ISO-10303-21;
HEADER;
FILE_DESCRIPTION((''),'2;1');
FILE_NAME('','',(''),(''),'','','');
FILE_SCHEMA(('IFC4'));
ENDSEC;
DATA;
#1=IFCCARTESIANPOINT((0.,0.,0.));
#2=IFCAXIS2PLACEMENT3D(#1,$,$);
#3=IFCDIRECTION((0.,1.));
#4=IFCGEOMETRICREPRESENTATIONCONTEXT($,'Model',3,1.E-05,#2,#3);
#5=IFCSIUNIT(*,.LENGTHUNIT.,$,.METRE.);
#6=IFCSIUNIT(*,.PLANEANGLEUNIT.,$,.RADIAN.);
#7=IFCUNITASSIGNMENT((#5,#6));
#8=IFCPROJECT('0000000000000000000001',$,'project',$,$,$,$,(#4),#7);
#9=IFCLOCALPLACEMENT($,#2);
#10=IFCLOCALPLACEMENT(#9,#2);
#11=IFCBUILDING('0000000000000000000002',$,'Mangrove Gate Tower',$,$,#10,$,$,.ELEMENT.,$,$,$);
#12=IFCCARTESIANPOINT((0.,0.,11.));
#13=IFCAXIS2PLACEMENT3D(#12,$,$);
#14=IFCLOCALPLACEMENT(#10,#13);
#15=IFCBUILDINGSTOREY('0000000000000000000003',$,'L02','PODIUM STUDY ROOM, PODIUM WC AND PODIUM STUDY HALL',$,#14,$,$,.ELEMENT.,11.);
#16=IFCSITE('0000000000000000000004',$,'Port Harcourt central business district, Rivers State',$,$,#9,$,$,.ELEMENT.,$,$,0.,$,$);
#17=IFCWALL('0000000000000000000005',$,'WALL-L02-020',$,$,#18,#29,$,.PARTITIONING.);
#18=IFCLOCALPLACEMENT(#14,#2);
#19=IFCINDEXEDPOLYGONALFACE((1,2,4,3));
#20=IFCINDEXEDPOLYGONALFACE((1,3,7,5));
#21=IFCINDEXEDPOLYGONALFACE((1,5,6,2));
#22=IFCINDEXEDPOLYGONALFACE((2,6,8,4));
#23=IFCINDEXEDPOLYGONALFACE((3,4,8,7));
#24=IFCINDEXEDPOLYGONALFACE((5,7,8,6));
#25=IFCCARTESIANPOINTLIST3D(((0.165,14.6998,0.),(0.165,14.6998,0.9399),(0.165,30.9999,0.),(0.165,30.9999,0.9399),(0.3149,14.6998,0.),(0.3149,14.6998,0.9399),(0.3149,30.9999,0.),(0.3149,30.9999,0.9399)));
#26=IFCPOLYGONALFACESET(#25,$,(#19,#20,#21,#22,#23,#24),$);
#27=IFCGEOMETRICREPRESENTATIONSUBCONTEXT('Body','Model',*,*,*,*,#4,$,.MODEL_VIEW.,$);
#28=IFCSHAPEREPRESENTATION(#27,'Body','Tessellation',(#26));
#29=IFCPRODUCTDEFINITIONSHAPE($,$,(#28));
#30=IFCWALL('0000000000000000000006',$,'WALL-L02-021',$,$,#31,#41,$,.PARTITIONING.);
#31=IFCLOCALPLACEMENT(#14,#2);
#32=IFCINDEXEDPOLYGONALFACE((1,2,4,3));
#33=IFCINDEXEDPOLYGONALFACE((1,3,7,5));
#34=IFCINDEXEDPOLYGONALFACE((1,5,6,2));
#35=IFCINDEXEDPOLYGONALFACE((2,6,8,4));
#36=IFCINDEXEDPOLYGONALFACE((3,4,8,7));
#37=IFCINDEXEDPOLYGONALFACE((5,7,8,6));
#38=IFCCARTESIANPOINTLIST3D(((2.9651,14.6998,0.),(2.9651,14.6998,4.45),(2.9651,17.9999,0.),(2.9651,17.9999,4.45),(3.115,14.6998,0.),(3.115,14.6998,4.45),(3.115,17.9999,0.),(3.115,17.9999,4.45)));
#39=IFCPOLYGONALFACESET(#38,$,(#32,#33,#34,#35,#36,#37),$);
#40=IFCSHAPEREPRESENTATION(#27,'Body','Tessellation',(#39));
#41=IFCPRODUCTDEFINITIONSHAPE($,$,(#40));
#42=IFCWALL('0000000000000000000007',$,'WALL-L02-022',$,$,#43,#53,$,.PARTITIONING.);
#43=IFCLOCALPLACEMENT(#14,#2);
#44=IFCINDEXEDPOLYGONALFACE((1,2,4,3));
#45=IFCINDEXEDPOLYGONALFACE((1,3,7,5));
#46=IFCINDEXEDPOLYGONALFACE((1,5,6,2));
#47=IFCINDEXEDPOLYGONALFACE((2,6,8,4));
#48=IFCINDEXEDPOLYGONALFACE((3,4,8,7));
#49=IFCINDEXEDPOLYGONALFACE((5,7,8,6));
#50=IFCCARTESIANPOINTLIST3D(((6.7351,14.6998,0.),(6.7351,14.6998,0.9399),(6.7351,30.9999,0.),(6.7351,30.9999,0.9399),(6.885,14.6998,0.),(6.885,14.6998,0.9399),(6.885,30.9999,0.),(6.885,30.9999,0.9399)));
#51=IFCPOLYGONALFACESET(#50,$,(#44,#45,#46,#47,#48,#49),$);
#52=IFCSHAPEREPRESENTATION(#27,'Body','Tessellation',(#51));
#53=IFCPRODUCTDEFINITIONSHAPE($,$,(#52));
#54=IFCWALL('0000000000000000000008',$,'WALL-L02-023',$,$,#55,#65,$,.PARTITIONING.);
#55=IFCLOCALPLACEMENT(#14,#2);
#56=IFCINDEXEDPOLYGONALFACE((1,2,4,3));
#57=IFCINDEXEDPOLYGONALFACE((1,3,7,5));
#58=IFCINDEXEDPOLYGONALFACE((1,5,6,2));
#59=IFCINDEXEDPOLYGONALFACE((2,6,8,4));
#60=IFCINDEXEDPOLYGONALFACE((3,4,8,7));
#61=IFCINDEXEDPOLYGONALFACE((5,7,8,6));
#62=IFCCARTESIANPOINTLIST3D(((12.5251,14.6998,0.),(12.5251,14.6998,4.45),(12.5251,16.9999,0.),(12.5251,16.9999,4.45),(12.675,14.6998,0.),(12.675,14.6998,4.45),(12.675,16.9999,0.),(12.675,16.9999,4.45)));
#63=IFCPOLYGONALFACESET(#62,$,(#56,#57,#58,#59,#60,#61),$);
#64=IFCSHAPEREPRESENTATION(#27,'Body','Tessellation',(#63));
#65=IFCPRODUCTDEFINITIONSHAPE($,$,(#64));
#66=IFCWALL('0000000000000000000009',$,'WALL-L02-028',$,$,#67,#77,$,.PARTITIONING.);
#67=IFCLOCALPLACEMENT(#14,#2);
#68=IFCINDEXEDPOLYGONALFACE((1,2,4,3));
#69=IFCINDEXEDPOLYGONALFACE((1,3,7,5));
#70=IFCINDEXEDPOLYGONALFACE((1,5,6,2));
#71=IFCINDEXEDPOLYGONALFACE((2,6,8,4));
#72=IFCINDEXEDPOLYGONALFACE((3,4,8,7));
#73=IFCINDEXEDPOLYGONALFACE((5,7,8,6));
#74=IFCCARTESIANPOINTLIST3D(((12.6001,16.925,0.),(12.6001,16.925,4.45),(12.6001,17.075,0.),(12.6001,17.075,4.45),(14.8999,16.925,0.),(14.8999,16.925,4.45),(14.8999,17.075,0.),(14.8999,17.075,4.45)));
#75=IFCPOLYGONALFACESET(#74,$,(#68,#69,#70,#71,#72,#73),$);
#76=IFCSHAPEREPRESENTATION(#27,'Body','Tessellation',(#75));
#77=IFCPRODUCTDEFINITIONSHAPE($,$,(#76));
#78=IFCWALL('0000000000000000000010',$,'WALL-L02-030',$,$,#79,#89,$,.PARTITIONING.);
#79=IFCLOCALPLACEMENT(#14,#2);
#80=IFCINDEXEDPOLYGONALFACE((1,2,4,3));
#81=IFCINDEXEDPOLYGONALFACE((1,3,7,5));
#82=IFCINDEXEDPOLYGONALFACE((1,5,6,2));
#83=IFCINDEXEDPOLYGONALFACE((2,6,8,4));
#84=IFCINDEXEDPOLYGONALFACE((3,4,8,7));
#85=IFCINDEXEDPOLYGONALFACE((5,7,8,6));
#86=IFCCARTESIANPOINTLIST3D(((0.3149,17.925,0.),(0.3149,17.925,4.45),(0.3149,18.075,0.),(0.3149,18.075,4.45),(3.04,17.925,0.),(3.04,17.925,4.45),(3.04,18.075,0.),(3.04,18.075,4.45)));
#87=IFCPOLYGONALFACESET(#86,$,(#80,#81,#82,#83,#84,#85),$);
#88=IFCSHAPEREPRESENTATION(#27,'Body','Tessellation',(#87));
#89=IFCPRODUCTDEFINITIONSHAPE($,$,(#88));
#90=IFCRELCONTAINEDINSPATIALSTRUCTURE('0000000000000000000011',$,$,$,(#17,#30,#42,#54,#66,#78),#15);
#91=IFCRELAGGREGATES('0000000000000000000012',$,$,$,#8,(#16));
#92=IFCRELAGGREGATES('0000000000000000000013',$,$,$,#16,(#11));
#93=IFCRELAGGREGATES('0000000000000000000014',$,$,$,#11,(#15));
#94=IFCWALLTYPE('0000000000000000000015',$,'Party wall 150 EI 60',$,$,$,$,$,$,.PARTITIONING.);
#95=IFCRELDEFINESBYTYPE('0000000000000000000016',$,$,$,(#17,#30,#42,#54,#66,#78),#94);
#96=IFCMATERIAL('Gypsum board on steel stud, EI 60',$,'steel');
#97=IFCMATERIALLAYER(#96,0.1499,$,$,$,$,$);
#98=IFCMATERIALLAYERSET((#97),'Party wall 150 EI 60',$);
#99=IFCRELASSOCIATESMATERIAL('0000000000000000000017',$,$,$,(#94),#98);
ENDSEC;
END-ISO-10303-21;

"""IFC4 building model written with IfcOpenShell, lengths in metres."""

from ifc_helpers import new_model, si_unit, direction, frame, frame_2d, origin, place, context, subcontext, project, spatial, rectangle, extrude, material, layer, layer_set, type_object, element, save


model = new_model("IFC4")

# Units and contexts
model_context = context("Model", 3, precision=1e-05, world=origin(), true_north=direction((0.0, 1.0)))
body_context = subcontext(model_context, "Body", "Model", "MODEL_VIEW")
ifc_project = project(units=[si_unit("LENGTHUNIT", "METRE"), si_unit("PLANEANGLEUNIT", "RADIAN")], contexts=[model_context])

# Site, building, storey
site_placement = place(None, origin())
site = spatial("IfcSite", under=ifc_project, at=site_placement, Name="Port Harcourt central business district, Rivers State", CompositionType="ELEMENT", RefElevation=0.0)
building_placement = place(site_placement, origin())
building = spatial("IfcBuilding", under=site, at=building_placement, Name="Mangrove Gate Tower", CompositionType="ELEMENT")
storey_placement = place(building_placement, frame((0.0, 0.0, 11.0)))
storey = spatial("IfcBuildingStorey", under=building, at=storey_placement, Name="L02", Description="PODIUM STUDY ROOM, PODIUM WC AND PODIUM STUDY HALL", CompositionType="ELEMENT", Elevation=11.0)

# Walls
ifc_material_1 = material(Name="Gypsum board on steel stud, EI 60", Category="steel")
ifc_layer_1 = layer(ifc_material_1, 0.1499)
ifc_layer_set_1 = layer_set([ifc_layer_1], Name="Party wall 150 EI 60")
wall_type_1 = type_object("IfcWallType", Name="Party wall 150 EI 60", PredefinedType="PARTITIONING", material=ifc_layer_set_1)
wall_1_placement = place(storey_placement, frame((0.24, 14.7, 0.0), z_axis=(0.0, 0.0, 1.0), x_axis=(0.0, 1.0, 0.0)))
element("IfcWall", 1, at=wall_1_placement, inside=storey, type_object=wall_type_1, Name="WALL-L02-020", PredefinedType="PARTITIONING", context=body_context, shape_type="SweptSolid", body=[
    extrude(rectangle(XDim=16.3, YDim=0.1499, at=frame_2d((8.1499, 0.0))), origin(), (0.0, 0.0, 1.0), 0.9399),
])
wall_2_placement = place(storey_placement, frame((3.04, 14.7, 0.0), z_axis=(0.0, 0.0, 1.0), x_axis=(0.0, 1.0, 0.0)))
element("IfcWall", 2, at=wall_2_placement, inside=storey, type_object=wall_type_1, Name="WALL-L02-021", PredefinedType="PARTITIONING", context=body_context, shape_type="SweptSolid", body=[
    extrude(rectangle(XDim=3.3, YDim=0.1499, at=frame_2d((1.6499, 0.0))), origin(), (0.0, 0.0, 1.0), 4.45),
])
wall_3_placement = place(storey_placement, frame((6.8101, 14.7, 0.0), z_axis=(0.0, 0.0, 1.0), x_axis=(0.0, 1.0, 0.0)))
element("IfcWall", 3, at=wall_3_placement, inside=storey, type_object=wall_type_1, Name="WALL-L02-022", PredefinedType="PARTITIONING", context=body_context, shape_type="SweptSolid", body=[
    extrude(rectangle(XDim=16.3, YDim=0.1499, at=frame_2d((8.1499, 0.0))), origin(), (0.0, 0.0, 1.0), 0.9399),
])
wall_4_placement = place(storey_placement, frame((12.6001, 14.7, 0.0), z_axis=(0.0, 0.0, 1.0), x_axis=(0.0, 1.0, 0.0)))
element("IfcWall", 4, at=wall_4_placement, inside=storey, type_object=wall_type_1, Name="WALL-L02-023", PredefinedType="PARTITIONING", context=body_context, shape_type="SweptSolid", body=[
    extrude(rectangle(XDim=2.3, YDim=0.1499, at=frame_2d((1.1499, 0.0))), origin(), (0.0, 0.0, 1.0), 4.45),
])
wall_5_placement = place(storey_placement, frame((12.6001, 17.0, 0.0), z_axis=(0.0, 0.0, 1.0), x_axis=(1.0, 0.0, 0.0)))
element("IfcWall", 5, at=wall_5_placement, inside=storey, type_object=wall_type_1, Name="WALL-L02-028", PredefinedType="PARTITIONING", context=body_context, shape_type="SweptSolid", body=[
    extrude(rectangle(XDim=2.2998, YDim=0.1499, at=frame_2d((1.1499, 0.0))), origin(), (0.0, 0.0, 1.0), 4.45),
])
wall_6_placement = place(storey_placement, frame((0.3149, 18.0, 0.0), z_axis=(0.0, 0.0, 1.0), x_axis=(1.0, 0.0, 0.0)))
element("IfcWall", 6, at=wall_6_placement, inside=storey, type_object=wall_type_1, Name="WALL-L02-030", PredefinedType="PARTITIONING", context=body_context, shape_type="SweptSolid", body=[
    extrude(rectangle(XDim=2.7251, YDim=0.1499, at=frame_2d((1.3625, 0.0))), origin(), (0.0, 0.0, 1.0), 4.45),
])

save(model, "model.ifc")
